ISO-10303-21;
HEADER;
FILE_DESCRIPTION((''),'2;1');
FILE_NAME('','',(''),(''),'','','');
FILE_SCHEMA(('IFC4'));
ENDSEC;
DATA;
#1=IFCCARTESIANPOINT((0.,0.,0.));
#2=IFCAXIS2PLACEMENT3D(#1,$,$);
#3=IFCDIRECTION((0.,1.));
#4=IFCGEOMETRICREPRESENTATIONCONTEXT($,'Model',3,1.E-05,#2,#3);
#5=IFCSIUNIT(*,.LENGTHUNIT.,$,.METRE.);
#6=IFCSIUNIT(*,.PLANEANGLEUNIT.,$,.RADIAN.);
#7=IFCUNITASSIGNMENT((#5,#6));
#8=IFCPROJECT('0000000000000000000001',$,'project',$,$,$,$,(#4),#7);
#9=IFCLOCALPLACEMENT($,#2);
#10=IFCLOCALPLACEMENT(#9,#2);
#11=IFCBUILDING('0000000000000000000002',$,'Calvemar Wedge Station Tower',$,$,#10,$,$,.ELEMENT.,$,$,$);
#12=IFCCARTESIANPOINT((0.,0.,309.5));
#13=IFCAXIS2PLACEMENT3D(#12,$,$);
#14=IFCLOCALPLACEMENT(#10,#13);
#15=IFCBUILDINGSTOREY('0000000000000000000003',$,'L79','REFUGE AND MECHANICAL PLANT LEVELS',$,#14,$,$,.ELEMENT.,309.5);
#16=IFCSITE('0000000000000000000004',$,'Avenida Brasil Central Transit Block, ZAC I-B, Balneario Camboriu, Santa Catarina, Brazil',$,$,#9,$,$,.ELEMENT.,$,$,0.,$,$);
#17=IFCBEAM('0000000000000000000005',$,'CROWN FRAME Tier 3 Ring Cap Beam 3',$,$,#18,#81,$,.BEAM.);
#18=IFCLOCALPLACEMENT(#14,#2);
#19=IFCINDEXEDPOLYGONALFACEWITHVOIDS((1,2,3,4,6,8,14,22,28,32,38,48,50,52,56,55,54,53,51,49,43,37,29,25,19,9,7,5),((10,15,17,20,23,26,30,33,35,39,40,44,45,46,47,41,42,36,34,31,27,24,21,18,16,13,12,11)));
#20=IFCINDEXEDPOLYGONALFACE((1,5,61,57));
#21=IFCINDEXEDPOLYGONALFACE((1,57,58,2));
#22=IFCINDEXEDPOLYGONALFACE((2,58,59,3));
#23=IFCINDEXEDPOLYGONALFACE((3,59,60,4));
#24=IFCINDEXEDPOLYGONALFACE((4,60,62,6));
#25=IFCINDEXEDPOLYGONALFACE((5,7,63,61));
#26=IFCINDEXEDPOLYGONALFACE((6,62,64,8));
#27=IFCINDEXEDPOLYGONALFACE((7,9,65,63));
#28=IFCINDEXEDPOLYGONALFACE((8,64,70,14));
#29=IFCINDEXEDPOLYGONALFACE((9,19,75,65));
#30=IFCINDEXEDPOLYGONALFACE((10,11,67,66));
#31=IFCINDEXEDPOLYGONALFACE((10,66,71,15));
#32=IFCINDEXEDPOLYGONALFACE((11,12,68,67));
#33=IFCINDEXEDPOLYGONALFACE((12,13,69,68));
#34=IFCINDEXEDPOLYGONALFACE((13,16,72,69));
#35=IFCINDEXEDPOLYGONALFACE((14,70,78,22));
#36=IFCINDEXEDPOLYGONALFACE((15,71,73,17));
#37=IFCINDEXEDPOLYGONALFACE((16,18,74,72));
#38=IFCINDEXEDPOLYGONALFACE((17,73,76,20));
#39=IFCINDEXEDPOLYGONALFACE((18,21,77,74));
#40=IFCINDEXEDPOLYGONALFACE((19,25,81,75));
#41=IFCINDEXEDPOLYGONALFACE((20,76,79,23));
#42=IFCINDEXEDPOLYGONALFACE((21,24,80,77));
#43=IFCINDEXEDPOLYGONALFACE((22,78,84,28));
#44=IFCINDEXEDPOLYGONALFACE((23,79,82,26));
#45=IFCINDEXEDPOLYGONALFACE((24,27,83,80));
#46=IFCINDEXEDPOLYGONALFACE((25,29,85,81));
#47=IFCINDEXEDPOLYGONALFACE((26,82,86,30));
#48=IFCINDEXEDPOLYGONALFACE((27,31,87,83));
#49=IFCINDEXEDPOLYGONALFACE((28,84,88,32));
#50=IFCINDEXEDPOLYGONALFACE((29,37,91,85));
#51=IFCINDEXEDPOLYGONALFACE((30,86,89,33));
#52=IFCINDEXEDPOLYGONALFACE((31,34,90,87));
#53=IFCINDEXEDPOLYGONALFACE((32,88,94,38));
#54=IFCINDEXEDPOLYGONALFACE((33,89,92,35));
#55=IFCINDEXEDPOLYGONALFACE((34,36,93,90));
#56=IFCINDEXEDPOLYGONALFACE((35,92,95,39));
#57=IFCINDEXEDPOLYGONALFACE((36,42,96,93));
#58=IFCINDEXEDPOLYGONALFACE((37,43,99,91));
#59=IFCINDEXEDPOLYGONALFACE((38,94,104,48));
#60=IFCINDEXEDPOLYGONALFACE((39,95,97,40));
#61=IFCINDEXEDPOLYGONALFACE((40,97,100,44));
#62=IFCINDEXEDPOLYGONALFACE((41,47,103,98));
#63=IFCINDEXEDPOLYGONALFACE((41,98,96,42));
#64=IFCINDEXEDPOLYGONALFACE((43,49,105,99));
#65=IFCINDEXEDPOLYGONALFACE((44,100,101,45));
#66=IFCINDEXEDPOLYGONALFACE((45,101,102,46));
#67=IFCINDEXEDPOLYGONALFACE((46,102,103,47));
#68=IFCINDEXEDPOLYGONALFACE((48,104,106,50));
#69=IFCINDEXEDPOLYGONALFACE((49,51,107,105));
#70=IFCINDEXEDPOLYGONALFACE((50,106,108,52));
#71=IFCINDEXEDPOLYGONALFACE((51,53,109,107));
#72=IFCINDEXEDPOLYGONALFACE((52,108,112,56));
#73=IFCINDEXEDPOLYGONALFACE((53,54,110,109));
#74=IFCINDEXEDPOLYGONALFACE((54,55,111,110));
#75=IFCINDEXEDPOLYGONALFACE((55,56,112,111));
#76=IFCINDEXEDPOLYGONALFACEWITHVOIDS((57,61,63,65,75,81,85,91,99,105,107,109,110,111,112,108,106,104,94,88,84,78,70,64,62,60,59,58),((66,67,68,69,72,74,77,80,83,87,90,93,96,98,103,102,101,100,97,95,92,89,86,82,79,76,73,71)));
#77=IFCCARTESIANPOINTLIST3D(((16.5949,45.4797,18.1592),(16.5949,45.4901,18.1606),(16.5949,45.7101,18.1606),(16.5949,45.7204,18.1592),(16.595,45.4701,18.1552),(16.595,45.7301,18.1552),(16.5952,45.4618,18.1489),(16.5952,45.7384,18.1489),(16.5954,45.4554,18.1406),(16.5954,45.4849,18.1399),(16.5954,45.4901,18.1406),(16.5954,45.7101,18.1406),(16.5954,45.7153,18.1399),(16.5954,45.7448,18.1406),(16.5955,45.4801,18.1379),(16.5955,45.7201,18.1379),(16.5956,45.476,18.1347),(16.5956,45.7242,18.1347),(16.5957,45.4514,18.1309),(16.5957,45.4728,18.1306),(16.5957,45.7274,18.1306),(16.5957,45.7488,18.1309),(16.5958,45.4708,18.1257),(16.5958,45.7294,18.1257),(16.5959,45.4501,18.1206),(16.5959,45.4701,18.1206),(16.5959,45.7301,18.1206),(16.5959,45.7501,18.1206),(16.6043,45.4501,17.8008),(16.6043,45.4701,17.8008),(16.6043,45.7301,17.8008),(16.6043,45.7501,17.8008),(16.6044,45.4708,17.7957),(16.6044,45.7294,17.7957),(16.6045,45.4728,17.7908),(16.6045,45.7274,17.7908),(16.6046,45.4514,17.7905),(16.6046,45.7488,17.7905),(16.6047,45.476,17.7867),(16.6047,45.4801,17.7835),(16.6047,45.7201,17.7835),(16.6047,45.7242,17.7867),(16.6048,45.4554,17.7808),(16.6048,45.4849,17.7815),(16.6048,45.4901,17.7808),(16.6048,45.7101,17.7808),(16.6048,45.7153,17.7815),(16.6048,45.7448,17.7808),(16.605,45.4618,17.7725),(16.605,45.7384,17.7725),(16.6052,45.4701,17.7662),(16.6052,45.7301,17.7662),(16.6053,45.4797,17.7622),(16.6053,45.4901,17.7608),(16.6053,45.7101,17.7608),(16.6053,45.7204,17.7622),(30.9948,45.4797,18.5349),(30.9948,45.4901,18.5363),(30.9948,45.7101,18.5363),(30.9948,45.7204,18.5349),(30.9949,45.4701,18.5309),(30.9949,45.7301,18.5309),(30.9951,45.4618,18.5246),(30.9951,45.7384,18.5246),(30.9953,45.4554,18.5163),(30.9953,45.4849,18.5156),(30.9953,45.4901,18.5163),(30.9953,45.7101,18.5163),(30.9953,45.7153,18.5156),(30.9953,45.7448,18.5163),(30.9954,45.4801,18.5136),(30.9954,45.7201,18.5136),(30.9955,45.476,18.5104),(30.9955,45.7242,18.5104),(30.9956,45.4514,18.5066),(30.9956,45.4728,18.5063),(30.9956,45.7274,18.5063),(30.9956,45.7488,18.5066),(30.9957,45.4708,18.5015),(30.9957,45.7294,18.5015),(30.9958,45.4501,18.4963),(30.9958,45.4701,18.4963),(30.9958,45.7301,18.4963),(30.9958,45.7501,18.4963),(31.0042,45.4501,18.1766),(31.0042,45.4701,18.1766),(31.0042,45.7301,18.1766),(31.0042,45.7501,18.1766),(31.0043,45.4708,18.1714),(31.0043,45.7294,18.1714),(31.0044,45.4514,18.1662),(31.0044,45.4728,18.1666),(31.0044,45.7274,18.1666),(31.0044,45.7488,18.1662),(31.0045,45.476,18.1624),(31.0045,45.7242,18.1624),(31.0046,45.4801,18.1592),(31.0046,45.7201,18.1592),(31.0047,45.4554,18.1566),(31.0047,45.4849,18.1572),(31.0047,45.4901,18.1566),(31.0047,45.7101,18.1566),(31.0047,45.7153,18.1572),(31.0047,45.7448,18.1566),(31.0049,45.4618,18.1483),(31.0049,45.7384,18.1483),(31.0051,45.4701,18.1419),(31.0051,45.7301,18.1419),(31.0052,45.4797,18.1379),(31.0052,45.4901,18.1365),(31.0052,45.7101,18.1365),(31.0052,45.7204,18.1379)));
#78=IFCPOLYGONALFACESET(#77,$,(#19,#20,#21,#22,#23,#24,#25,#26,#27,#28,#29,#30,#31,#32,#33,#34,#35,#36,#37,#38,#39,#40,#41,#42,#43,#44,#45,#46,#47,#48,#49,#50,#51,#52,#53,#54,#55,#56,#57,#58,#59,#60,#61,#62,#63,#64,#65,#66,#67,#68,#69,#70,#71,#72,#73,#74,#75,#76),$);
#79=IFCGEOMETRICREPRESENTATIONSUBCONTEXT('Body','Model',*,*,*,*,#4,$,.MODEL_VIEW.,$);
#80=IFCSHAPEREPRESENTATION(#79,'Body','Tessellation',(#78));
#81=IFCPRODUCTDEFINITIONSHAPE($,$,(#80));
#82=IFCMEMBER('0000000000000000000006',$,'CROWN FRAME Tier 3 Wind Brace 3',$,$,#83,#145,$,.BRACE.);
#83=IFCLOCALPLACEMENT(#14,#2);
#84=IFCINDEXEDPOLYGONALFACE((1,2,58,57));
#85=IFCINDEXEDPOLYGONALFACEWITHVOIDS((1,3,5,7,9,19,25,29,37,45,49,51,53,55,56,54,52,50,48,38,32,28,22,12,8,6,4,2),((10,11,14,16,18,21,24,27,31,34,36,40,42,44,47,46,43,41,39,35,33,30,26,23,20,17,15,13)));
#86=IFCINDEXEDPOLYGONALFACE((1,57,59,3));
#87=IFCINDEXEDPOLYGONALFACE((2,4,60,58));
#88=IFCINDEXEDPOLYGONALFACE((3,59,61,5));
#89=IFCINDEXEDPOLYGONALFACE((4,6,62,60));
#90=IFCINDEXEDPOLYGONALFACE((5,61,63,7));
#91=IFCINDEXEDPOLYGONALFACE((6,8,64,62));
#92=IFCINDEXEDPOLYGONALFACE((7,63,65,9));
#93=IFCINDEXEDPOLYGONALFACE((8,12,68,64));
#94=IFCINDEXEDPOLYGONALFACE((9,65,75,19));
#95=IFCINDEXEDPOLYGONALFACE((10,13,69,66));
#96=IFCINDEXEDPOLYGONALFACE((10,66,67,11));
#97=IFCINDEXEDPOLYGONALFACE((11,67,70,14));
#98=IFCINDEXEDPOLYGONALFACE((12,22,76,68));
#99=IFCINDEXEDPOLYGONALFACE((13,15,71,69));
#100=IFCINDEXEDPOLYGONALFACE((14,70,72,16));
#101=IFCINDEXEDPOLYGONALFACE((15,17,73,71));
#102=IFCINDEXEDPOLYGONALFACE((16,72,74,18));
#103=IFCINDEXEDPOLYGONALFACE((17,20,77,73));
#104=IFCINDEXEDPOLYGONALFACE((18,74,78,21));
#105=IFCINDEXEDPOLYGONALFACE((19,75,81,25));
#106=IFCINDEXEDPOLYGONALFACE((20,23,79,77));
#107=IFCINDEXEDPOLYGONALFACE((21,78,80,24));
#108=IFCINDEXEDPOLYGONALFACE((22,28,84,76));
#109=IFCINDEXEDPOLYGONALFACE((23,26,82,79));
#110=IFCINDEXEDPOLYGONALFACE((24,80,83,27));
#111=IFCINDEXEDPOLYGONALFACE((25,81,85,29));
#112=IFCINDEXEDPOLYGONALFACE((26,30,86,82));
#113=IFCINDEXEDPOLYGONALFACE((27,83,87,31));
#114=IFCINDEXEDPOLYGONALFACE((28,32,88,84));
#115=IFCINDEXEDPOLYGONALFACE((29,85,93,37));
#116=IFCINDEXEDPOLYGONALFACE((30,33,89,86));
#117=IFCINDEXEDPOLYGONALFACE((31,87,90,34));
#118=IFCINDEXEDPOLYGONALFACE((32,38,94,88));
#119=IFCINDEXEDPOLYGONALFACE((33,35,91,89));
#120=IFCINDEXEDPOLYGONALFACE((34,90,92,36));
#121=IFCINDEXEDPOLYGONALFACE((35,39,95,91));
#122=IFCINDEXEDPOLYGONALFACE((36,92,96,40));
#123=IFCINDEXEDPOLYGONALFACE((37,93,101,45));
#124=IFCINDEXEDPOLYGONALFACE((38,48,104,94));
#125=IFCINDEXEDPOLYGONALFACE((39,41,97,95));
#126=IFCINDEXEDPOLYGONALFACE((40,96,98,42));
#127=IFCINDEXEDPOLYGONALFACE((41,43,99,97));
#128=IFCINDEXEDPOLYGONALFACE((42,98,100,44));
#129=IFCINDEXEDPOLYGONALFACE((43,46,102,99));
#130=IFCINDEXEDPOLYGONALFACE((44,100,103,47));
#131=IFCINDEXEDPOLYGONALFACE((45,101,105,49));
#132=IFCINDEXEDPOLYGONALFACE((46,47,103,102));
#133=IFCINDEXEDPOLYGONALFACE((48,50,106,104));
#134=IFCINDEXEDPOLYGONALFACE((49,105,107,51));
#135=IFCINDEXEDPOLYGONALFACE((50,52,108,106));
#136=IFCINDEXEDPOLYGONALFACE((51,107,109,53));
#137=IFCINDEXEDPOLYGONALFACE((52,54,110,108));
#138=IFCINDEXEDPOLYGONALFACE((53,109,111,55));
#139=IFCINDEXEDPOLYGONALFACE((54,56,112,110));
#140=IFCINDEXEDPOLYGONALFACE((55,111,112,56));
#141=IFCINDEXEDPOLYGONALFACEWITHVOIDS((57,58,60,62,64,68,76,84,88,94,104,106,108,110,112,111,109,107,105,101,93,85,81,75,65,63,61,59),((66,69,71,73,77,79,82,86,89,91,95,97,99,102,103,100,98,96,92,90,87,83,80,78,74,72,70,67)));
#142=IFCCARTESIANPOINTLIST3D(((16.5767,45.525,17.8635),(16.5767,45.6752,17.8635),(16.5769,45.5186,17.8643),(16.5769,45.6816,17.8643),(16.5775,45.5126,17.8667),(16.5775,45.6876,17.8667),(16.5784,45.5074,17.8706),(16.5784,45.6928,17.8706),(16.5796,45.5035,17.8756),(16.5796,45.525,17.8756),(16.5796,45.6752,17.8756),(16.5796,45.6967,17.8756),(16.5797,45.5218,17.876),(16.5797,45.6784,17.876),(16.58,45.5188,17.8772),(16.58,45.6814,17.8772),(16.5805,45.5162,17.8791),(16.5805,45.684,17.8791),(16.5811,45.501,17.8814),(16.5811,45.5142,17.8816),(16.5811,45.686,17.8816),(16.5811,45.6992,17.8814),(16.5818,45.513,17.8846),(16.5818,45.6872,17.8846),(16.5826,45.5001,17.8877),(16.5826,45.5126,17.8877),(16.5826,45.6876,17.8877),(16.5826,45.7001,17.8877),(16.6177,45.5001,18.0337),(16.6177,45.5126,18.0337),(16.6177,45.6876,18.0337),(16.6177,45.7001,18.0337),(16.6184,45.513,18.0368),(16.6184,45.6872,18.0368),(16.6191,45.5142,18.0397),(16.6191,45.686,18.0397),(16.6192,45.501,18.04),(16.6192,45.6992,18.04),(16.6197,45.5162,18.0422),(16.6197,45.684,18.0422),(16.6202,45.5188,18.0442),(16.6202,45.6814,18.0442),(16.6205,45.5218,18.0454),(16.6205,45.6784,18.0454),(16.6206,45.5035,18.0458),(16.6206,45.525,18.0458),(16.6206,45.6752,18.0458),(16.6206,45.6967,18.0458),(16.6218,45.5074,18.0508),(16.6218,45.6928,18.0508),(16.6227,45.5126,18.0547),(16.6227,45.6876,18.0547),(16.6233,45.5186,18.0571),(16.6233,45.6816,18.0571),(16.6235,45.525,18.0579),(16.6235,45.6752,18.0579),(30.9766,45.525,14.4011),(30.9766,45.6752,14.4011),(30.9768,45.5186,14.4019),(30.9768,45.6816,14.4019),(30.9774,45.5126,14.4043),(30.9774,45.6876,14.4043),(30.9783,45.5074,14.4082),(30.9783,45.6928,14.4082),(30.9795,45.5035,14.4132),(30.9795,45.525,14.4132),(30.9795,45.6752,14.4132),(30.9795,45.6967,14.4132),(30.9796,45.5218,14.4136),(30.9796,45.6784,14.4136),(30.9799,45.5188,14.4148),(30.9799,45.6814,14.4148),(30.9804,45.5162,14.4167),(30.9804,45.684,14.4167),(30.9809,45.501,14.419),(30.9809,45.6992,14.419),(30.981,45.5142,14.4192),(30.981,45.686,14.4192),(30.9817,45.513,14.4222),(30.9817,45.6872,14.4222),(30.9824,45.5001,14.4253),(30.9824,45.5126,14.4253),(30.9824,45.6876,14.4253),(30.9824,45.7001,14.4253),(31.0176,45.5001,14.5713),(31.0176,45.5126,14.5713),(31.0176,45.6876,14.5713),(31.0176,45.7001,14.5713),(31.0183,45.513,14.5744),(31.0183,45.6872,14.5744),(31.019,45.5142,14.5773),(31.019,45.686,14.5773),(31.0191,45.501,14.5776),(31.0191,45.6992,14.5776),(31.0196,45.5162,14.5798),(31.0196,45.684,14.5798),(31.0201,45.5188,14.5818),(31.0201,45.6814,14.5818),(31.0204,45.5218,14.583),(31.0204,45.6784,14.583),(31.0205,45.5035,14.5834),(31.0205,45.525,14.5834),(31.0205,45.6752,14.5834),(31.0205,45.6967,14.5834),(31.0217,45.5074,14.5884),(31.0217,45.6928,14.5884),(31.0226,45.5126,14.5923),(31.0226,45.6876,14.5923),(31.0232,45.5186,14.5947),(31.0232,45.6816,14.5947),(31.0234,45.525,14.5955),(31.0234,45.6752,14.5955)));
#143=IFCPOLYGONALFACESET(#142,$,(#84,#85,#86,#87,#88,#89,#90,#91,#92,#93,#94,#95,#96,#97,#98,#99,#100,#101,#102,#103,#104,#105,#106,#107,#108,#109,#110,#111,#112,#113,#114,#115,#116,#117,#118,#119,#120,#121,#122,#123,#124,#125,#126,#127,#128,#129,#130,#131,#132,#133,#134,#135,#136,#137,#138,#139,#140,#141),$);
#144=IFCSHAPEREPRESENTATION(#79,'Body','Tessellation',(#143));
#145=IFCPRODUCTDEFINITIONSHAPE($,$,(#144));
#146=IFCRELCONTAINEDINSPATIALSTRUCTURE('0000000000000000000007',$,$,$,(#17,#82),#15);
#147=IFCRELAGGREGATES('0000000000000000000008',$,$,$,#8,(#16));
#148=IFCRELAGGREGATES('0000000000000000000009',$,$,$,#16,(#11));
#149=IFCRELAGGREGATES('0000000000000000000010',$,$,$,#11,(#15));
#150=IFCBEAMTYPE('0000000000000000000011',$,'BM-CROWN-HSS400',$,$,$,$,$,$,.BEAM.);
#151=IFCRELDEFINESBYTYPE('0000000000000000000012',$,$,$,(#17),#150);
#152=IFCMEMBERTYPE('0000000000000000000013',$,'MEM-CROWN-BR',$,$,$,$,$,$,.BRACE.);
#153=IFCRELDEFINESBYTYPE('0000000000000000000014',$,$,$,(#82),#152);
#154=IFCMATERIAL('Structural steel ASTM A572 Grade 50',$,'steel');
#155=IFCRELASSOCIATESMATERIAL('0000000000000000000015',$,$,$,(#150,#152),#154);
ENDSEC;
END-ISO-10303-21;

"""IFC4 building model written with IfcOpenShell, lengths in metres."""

from ifc_helpers import new_model, si_unit, direction, frame, origin, origin_2d, place, context, subcontext, project, spatial, hollow_rectangle, extrude, source, transform, mapped, material, material_profile, profile_set, type_object, element, save


model = new_model("IFC4")

# Units and contexts
model_context = context("Model", 3, precision=1e-05, world=origin(), true_north=direction((0.0, 1.0)))
body_context = subcontext(model_context, "Body", "Model", "MODEL_VIEW")
ifc_project = project(units=[si_unit("LENGTHUNIT", "METRE"), si_unit("PLANEANGLEUNIT", "RADIAN")], contexts=[model_context])

# Site, building, storey
site_placement = place(None, origin())
site = spatial("IfcSite", under=ifc_project, at=site_placement, Name="Avenida Brasil Central Transit Block, ZAC I-B, Balneario Camboriu, Santa Catarina, Brazil", CompositionType="ELEMENT", RefElevation=0.0)
building_placement = place(site_placement, origin())
building = spatial("IfcBuilding", under=site, at=building_placement, Name="Calvemar Wedge Station Tower", CompositionType="ELEMENT")
storey_placement = place(building_placement, frame((0.0, 0.0, 309.5)))
storey = spatial("IfcBuildingStorey", under=building, at=storey_placement, Name="L79", Description="REFUGE AND MECHANICAL PLANT LEVELS", CompositionType="ELEMENT", Elevation=309.5)

# Shared definitions
ifc_material_1 = material(Name="Structural steel ASTM A572 Grade 50", Category="steel")

# Shared definitions
ifc_material_profile_1 = material_profile(ifc_material_1, hollow_rectangle(XDim=0.3, YDim=0.3999, WallThickness=0.02, InnerFilletRadius=0.02, OuterFilletRadius=0.04, at=origin_2d()), Name="HSS400x300x20")
ifc_profile_set_1 = profile_set([ifc_material_profile_1], Name="Structural steel ASTM A572 Grade 50")
beam_type = type_object("IfcBeamType", Name="BM-CROWN-HSS400", PredefinedType="BEAM", material=ifc_profile_set_1)

# Shared definitions
ifc_material_profile_2 = material_profile(ifc_material_1, hollow_rectangle(XDim=0.2, YDim=0.2, WallThickness=0.0125, InnerFilletRadius=0.0125, OuterFilletRadius=0.0249, at=origin_2d()), Name="HSS200x200x12.5")
ifc_profile_set_2 = profile_set([ifc_material_profile_2], Name="Structural steel ASTM A572 Grade 50")
member_type = type_object("IfcMemberType", Name="MEM-CROWN-BR", PredefinedType="BRACE", material=ifc_profile_set_2)

# Beam
shared_shape_1 = source(origin(), body_context, "Body", "SweptSolid", [
    extrude(hollow_rectangle(XDim=0.3, YDim=0.3999, WallThickness=0.02, InnerFilletRadius=0.02, OuterFilletRadius=0.04, at=origin_2d()), origin(), (0.0, 0.0, 1.0), 14.4048),
])
beam_1_placement = place(storey_placement, frame((31.0, 45.6001, 18.3364), z_axis=(-0.99966, 0.0, -0.026084), x_axis=(0.0, -1.0, 0.0)))
element("IfcBeam", 1, at=beam_1_placement, inside=storey, type_object=beam_type, Name="CROWN FRAME Tier 3 Ring Cap Beam 3", PredefinedType="BEAM", context=body_context, shape_type="MappedRepresentation", body=[
    mapped(shared_shape_1, transform((0.0, 0.0, 0.0), scale=1.0)),
])

# Member
shared_shape_2 = source(origin(), body_context, "Body", "SweptSolid", [
    extrude(hollow_rectangle(XDim=0.2, YDim=0.2, WallThickness=0.0125, InnerFilletRadius=0.0125, OuterFilletRadius=0.0249, at=origin_2d()), origin(), (0.0, 0.0, 1.0), 14.8103),
])
member_1_placement = place(storey_placement, frame((31.0, 45.6001, 14.4983), z_axis=(-0.972289, 0.0, 0.233783), x_axis=(0.0, -1.0, 0.0)))
element("IfcMember", 2, at=member_1_placement, inside=storey, type_object=member_type, Name="CROWN FRAME Tier 3 Wind Brace 3", PredefinedType="BRACE", context=body_context, shape_type="MappedRepresentation", body=[
    mapped(shared_shape_2, transform((0.0, 0.0, 0.0), scale=1.0)),
])

save(model, "model.ifc")
